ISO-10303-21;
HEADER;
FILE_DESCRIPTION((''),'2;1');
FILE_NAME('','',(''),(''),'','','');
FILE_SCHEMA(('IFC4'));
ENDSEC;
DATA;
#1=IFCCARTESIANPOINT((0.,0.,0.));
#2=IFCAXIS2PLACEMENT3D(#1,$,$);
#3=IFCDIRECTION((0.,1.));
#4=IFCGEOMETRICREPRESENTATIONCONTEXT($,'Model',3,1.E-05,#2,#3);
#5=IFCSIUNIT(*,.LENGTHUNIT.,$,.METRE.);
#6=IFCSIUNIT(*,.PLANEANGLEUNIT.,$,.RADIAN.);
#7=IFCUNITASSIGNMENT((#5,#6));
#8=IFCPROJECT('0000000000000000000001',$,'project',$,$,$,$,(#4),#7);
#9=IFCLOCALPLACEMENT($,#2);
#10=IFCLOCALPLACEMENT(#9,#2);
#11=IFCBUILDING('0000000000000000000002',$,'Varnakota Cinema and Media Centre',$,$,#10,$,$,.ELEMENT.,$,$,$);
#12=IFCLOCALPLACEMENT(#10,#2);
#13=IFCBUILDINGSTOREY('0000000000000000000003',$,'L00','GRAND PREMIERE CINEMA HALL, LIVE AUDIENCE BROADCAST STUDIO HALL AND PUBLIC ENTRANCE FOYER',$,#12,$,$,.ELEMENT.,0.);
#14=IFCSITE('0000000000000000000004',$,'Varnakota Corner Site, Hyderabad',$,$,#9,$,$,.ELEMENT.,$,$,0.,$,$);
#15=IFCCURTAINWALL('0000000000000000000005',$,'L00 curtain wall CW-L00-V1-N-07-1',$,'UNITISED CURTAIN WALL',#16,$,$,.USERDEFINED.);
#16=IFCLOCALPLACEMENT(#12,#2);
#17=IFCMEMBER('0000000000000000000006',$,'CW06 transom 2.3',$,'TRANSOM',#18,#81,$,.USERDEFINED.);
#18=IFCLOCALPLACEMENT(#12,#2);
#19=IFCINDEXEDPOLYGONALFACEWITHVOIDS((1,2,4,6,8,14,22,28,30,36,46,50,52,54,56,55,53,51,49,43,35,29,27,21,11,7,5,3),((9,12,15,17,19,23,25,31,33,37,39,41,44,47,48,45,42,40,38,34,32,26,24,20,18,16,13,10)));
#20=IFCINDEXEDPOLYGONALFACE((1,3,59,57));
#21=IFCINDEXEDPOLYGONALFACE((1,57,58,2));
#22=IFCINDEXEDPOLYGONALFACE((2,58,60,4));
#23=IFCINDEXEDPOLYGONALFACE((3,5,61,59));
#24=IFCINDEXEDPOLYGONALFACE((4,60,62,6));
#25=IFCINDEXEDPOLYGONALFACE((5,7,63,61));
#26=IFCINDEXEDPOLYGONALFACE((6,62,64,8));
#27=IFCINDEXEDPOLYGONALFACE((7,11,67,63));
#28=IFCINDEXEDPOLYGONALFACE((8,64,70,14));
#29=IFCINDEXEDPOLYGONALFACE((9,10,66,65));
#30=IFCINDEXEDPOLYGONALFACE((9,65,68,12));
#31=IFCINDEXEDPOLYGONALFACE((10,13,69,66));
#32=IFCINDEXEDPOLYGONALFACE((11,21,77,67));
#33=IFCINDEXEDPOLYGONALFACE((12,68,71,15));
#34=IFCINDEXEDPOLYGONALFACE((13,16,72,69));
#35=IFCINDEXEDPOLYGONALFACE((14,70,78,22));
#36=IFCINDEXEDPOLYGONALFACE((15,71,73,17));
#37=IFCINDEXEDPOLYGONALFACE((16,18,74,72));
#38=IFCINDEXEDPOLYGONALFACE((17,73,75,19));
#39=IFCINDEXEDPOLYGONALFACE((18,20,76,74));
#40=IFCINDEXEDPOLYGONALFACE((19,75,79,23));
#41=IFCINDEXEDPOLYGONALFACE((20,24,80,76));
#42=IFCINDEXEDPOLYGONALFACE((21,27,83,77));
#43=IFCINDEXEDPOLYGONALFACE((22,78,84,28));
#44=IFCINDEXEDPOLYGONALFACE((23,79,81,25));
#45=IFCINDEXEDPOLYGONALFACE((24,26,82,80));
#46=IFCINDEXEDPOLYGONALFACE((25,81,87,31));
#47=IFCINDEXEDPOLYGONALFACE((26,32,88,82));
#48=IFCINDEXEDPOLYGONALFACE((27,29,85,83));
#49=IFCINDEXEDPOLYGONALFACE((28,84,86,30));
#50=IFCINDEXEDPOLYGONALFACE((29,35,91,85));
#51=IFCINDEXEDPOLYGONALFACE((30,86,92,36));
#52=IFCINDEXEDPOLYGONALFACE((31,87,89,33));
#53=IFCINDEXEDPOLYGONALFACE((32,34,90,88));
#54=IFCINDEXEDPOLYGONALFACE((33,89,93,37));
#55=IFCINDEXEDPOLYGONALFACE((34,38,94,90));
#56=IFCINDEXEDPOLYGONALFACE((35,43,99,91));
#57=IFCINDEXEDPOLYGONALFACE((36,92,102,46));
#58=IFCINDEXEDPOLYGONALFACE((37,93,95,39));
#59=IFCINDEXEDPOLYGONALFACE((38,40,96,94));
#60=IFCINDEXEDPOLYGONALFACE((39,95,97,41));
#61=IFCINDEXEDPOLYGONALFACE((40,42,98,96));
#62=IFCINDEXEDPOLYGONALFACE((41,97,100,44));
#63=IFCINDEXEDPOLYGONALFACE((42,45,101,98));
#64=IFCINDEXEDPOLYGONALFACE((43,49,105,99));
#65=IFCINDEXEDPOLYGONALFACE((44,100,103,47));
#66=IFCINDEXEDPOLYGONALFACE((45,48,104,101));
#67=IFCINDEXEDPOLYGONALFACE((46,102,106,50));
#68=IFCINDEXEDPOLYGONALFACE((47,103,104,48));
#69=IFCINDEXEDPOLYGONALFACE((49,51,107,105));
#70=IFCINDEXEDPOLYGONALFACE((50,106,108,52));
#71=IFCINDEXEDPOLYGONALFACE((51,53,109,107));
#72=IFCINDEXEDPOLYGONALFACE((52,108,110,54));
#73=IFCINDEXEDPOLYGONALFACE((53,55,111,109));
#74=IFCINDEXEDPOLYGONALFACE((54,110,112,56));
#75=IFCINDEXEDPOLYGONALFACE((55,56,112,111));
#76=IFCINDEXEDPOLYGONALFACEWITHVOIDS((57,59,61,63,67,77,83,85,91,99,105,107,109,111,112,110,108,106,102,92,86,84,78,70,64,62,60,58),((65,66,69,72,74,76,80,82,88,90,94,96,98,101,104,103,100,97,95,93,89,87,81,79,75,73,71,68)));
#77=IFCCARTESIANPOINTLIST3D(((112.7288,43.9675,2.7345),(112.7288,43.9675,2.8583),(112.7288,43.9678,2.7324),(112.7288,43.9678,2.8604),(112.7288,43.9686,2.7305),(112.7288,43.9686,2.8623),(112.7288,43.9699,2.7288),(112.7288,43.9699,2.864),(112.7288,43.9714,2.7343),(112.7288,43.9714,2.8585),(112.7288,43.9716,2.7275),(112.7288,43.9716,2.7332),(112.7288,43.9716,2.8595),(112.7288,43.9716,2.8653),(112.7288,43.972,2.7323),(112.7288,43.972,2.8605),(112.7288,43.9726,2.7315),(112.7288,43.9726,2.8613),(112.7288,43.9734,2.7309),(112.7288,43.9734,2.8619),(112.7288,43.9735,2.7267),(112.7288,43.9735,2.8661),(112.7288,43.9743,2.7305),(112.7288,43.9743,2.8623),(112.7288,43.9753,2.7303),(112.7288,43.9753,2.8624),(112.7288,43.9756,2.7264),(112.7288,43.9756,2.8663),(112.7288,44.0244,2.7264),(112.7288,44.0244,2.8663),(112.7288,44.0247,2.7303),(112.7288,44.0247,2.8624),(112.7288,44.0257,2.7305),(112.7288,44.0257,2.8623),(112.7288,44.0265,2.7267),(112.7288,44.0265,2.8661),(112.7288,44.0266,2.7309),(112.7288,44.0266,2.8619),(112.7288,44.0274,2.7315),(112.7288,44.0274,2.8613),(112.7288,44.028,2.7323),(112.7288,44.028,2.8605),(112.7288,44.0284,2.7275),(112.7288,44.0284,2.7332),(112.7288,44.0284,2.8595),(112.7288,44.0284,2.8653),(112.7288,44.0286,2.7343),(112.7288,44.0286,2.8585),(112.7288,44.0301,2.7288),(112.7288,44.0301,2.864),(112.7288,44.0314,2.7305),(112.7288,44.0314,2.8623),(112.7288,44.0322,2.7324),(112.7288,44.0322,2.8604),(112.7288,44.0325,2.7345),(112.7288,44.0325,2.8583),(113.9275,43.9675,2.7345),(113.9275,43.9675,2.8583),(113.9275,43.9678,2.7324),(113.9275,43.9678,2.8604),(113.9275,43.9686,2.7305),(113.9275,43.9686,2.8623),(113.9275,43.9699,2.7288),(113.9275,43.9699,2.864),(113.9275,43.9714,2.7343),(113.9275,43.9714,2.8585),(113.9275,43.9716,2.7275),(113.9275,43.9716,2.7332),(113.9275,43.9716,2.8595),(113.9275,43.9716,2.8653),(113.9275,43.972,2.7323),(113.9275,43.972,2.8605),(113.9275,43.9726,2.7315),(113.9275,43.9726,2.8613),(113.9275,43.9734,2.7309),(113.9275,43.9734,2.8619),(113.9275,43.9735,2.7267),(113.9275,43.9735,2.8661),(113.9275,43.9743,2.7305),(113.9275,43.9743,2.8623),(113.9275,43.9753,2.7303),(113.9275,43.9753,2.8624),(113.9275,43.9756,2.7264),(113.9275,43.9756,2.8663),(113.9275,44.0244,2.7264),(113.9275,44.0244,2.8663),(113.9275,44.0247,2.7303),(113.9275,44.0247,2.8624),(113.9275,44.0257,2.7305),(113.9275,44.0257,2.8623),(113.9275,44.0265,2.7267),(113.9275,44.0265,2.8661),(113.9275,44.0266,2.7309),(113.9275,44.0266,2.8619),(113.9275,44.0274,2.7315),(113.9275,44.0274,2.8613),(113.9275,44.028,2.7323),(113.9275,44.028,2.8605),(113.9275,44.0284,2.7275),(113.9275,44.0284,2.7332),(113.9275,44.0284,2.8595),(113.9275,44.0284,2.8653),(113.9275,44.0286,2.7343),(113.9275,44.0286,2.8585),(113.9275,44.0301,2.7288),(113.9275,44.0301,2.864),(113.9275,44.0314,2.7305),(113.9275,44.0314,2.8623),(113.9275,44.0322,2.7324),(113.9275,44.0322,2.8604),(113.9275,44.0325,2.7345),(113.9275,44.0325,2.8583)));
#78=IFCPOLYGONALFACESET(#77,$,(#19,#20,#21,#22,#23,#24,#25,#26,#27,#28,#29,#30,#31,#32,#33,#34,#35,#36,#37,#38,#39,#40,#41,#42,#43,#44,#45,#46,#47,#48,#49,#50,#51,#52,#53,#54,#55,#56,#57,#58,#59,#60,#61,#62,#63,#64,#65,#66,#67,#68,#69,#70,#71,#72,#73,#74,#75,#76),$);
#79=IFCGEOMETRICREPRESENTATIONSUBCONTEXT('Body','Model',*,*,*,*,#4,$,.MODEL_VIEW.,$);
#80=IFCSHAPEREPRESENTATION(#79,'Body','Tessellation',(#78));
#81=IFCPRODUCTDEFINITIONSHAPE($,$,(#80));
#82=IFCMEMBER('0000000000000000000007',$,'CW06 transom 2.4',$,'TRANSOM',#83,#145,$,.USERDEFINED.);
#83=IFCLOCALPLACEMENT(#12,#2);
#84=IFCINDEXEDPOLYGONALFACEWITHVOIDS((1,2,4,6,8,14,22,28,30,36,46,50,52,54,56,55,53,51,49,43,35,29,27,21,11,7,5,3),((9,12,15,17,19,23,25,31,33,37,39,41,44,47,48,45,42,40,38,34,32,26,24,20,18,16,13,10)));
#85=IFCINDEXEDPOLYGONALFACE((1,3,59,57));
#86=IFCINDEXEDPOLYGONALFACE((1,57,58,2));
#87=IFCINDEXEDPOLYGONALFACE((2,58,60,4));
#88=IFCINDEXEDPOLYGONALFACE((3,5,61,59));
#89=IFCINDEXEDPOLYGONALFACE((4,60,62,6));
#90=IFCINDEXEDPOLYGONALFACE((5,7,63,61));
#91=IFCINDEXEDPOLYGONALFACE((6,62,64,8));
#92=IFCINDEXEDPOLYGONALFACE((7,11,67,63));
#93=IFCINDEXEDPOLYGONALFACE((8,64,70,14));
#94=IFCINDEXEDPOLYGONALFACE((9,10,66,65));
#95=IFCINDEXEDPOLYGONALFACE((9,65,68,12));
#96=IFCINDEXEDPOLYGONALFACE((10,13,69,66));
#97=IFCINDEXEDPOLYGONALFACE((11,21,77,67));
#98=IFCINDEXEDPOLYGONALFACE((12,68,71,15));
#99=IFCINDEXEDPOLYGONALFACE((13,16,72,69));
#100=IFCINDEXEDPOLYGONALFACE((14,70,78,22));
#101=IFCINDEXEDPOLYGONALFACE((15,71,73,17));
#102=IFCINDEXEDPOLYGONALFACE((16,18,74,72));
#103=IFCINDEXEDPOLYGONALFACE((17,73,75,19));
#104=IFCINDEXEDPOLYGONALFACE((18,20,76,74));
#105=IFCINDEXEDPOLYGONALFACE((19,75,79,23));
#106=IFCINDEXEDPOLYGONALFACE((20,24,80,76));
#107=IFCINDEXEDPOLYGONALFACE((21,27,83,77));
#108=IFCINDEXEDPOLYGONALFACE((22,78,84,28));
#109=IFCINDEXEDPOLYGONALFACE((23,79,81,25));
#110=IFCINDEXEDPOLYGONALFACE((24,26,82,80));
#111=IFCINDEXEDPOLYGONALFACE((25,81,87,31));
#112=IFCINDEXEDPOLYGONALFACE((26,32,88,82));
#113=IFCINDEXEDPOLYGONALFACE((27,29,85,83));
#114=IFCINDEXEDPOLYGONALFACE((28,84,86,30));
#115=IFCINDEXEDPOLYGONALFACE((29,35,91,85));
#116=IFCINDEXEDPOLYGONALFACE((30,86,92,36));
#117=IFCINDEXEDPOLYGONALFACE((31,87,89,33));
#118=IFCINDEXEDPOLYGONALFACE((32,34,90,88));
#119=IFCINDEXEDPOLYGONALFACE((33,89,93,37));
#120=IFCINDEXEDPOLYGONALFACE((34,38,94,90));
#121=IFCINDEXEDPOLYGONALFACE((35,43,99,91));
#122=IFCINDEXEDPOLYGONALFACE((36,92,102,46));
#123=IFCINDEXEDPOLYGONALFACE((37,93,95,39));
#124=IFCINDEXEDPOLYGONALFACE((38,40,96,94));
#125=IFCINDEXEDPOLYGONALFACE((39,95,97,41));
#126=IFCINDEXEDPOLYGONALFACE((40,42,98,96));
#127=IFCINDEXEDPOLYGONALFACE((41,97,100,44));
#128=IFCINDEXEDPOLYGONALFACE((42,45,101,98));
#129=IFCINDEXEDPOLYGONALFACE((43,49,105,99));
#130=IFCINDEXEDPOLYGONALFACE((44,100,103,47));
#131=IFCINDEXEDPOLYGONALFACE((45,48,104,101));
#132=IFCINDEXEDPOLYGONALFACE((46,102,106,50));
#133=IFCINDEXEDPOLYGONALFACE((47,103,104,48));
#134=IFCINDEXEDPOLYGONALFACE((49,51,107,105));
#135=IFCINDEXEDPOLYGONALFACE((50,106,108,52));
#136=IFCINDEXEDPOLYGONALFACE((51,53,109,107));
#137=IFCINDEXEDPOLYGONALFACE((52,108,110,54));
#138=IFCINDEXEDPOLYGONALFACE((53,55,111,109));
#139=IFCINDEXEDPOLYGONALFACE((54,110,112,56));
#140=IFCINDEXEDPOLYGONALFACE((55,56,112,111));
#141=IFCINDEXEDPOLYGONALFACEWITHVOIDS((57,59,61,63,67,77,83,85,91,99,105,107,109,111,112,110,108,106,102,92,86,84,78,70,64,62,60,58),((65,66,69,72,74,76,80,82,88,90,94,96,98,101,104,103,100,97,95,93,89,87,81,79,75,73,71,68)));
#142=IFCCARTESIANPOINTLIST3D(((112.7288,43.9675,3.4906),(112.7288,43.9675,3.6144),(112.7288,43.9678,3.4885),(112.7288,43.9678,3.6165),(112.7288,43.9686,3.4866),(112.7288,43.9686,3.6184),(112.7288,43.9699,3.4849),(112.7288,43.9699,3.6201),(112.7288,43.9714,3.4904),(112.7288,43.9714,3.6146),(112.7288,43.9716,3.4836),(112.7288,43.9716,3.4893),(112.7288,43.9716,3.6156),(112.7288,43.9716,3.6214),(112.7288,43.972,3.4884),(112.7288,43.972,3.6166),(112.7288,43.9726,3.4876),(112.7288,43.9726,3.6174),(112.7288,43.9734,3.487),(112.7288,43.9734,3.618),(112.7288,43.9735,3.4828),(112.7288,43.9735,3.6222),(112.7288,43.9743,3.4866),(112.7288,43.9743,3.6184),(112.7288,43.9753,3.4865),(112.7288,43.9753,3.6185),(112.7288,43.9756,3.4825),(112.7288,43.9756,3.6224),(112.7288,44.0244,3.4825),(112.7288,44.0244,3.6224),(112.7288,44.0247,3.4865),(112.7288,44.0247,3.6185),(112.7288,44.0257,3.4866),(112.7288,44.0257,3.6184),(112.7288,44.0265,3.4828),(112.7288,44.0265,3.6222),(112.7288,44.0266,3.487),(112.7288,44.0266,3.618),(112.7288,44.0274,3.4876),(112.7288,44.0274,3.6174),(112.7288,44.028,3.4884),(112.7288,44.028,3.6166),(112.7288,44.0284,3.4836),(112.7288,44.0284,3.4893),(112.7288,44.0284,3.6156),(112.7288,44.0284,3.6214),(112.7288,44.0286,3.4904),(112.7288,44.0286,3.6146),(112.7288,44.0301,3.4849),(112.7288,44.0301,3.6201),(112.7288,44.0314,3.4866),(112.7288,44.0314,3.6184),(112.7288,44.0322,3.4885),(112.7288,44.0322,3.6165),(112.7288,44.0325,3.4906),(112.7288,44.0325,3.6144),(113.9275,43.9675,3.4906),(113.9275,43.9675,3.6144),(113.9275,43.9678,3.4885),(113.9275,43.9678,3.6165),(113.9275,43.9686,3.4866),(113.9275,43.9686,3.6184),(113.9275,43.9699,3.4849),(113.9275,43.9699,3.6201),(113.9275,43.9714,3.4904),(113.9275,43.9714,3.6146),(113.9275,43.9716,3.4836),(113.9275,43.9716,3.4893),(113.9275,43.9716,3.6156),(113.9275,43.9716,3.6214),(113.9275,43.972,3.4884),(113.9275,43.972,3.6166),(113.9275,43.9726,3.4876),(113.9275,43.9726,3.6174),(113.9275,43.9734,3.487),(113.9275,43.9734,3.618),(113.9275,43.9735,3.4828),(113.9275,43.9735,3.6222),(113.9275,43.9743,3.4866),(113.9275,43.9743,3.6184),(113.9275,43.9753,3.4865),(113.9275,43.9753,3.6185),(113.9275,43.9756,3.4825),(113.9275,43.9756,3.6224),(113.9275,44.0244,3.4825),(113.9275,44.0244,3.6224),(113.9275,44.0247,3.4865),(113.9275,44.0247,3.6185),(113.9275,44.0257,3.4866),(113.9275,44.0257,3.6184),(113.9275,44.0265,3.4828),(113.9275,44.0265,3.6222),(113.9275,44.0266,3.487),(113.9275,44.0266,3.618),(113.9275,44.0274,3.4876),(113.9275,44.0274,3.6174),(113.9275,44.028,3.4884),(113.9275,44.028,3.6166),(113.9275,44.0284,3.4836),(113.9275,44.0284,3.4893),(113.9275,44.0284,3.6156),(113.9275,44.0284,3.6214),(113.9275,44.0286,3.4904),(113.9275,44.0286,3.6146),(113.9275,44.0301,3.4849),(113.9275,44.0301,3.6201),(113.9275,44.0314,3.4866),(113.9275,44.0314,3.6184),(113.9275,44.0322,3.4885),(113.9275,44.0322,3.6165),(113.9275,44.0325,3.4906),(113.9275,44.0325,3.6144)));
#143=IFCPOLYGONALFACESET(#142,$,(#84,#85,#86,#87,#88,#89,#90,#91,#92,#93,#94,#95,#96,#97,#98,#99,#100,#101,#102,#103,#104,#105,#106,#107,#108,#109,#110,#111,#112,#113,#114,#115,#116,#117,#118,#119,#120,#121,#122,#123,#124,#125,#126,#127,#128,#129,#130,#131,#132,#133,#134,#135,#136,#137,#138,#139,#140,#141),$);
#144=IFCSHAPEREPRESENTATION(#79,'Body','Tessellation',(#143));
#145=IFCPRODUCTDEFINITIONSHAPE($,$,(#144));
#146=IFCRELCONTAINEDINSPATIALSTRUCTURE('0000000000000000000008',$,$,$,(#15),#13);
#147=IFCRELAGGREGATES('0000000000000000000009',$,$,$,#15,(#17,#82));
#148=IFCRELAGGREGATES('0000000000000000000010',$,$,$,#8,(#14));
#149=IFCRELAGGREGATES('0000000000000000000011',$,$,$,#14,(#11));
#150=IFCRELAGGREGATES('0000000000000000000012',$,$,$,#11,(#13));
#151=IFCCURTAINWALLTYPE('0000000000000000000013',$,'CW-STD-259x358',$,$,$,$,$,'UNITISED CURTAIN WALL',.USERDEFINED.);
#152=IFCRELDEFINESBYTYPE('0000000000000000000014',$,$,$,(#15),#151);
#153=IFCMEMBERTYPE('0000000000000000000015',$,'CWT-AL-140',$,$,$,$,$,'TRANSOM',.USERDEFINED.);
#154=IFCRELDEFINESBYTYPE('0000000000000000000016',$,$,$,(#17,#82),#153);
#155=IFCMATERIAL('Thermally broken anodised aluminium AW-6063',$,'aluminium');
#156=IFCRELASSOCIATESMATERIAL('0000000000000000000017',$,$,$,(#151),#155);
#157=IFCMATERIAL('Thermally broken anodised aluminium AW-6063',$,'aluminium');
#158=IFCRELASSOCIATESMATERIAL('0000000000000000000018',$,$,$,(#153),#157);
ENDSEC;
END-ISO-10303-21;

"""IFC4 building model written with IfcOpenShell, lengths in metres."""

from ifc_helpers import new_model, si_unit, direction, frame, origin, origin_2d, place, context, subcontext, project, spatial, hollow_rectangle, extrude, material, material_profile, profile_set, type_object, element, aggregate, save


model = new_model("IFC4")

# Units and contexts
model_context = context("Model", 3, precision=1e-05, world=origin(), true_north=direction((0.0, 1.0)))
body_context = subcontext(model_context, "Body", "Model", "MODEL_VIEW")
ifc_project = project(units=[si_unit("LENGTHUNIT", "METRE"), si_unit("PLANEANGLEUNIT", "RADIAN")], contexts=[model_context])

# Site, building, storey
site_placement = place(None, origin())
site = spatial("IfcSite", under=ifc_project, at=site_placement, Name="Varnakota Corner Site, Hyderabad", CompositionType="ELEMENT", RefElevation=0.0)
building_placement = place(site_placement, origin())
building = spatial("IfcBuilding", under=site, at=building_placement, Name="Varnakota Cinema and Media Centre", CompositionType="ELEMENT")
storey_placement = place(building_placement, origin())
storey = spatial("IfcBuildingStorey", under=building, at=storey_placement, Name="L00", Description="GRAND PREMIERE CINEMA HALL, LIVE AUDIENCE BROADCAST STUDIO HALL AND PUBLIC ENTRANCE FOYER", CompositionType="ELEMENT", Elevation=0.0)

# Shared definitions
ifc_material_1 = material(Name="Thermally broken anodised aluminium AW-6063", Category="aluminium")
curtain_wall_type = type_object("IfcCurtainWallType", Name="CW-STD-259x358", ElementType="UNITISED CURTAIN WALL", PredefinedType="USERDEFINED", material=ifc_material_1)

# Curtain wall
curtain_wall_1_placement = place(storey_placement, origin())
curtain_wall_1 = element("IfcCurtainWall", 1, at=curtain_wall_1_placement, inside=storey, type_object=curtain_wall_type, Name="L00 curtain wall CW-L00-V1-N-07-1", ObjectType="UNITISED CURTAIN WALL", PredefinedType="USERDEFINED")

# Members
ifc_material_2 = material(Name="Thermally broken anodised aluminium AW-6063", Category="aluminium")
ifc_material_profile_1 = material_profile(ifc_material_2, hollow_rectangle(XDim=0.0649, YDim=0.1399, WallThickness=0.0039, InnerFilletRadius=0.0039, OuterFilletRadius=0.0081, at=origin_2d()), Name="AL-TRANSOM 140x65x4")
ifc_profile_set_1 = profile_set([ifc_material_profile_1], Name="Thermally broken anodised aluminium AW-6063")
member_type_1 = type_object("IfcMemberType", Name="CWT-AL-140", ElementType="TRANSOM", PredefinedType="USERDEFINED", material=ifc_profile_set_1)
member_1_placement = place(storey_placement, frame((112.7288, 44.0, 2.7964), z_axis=(1.0, 0.0, 0.0), x_axis=(0.0, 1.0, 0.0)))
member_1 = element("IfcMember", 2, at=member_1_placement, type_object=member_type_1, Name="CW06 transom 2.3", ObjectType="TRANSOM", PredefinedType="USERDEFINED", context=body_context, shape_type="SweptSolid", body=[
    extrude(hollow_rectangle(XDim=0.0649, YDim=0.1399, WallThickness=0.0039, InnerFilletRadius=0.0039, OuterFilletRadius=0.0081, at=origin_2d()), origin(), (0.0, 0.0, 1.0), 1.1987),
])
member_2_placement = place(storey_placement, frame((112.7288, 44.0, 3.5525), z_axis=(1.0, 0.0, 0.0), x_axis=(0.0, 1.0, 0.0)))
member_2 = element("IfcMember", 3, at=member_2_placement, type_object=member_type_1, Name="CW06 transom 2.4", ObjectType="TRANSOM", PredefinedType="USERDEFINED", context=body_context, shape_type="SweptSolid", body=[
    extrude(hollow_rectangle(XDim=0.0649, YDim=0.1399, WallThickness=0.0039, InnerFilletRadius=0.0039, OuterFilletRadius=0.0081, at=origin_2d()), origin(), (0.0, 0.0, 1.0), 1.1987),
])

aggregate(curtain_wall_1, [member_1, member_2])

save(model, "model.ifc")
